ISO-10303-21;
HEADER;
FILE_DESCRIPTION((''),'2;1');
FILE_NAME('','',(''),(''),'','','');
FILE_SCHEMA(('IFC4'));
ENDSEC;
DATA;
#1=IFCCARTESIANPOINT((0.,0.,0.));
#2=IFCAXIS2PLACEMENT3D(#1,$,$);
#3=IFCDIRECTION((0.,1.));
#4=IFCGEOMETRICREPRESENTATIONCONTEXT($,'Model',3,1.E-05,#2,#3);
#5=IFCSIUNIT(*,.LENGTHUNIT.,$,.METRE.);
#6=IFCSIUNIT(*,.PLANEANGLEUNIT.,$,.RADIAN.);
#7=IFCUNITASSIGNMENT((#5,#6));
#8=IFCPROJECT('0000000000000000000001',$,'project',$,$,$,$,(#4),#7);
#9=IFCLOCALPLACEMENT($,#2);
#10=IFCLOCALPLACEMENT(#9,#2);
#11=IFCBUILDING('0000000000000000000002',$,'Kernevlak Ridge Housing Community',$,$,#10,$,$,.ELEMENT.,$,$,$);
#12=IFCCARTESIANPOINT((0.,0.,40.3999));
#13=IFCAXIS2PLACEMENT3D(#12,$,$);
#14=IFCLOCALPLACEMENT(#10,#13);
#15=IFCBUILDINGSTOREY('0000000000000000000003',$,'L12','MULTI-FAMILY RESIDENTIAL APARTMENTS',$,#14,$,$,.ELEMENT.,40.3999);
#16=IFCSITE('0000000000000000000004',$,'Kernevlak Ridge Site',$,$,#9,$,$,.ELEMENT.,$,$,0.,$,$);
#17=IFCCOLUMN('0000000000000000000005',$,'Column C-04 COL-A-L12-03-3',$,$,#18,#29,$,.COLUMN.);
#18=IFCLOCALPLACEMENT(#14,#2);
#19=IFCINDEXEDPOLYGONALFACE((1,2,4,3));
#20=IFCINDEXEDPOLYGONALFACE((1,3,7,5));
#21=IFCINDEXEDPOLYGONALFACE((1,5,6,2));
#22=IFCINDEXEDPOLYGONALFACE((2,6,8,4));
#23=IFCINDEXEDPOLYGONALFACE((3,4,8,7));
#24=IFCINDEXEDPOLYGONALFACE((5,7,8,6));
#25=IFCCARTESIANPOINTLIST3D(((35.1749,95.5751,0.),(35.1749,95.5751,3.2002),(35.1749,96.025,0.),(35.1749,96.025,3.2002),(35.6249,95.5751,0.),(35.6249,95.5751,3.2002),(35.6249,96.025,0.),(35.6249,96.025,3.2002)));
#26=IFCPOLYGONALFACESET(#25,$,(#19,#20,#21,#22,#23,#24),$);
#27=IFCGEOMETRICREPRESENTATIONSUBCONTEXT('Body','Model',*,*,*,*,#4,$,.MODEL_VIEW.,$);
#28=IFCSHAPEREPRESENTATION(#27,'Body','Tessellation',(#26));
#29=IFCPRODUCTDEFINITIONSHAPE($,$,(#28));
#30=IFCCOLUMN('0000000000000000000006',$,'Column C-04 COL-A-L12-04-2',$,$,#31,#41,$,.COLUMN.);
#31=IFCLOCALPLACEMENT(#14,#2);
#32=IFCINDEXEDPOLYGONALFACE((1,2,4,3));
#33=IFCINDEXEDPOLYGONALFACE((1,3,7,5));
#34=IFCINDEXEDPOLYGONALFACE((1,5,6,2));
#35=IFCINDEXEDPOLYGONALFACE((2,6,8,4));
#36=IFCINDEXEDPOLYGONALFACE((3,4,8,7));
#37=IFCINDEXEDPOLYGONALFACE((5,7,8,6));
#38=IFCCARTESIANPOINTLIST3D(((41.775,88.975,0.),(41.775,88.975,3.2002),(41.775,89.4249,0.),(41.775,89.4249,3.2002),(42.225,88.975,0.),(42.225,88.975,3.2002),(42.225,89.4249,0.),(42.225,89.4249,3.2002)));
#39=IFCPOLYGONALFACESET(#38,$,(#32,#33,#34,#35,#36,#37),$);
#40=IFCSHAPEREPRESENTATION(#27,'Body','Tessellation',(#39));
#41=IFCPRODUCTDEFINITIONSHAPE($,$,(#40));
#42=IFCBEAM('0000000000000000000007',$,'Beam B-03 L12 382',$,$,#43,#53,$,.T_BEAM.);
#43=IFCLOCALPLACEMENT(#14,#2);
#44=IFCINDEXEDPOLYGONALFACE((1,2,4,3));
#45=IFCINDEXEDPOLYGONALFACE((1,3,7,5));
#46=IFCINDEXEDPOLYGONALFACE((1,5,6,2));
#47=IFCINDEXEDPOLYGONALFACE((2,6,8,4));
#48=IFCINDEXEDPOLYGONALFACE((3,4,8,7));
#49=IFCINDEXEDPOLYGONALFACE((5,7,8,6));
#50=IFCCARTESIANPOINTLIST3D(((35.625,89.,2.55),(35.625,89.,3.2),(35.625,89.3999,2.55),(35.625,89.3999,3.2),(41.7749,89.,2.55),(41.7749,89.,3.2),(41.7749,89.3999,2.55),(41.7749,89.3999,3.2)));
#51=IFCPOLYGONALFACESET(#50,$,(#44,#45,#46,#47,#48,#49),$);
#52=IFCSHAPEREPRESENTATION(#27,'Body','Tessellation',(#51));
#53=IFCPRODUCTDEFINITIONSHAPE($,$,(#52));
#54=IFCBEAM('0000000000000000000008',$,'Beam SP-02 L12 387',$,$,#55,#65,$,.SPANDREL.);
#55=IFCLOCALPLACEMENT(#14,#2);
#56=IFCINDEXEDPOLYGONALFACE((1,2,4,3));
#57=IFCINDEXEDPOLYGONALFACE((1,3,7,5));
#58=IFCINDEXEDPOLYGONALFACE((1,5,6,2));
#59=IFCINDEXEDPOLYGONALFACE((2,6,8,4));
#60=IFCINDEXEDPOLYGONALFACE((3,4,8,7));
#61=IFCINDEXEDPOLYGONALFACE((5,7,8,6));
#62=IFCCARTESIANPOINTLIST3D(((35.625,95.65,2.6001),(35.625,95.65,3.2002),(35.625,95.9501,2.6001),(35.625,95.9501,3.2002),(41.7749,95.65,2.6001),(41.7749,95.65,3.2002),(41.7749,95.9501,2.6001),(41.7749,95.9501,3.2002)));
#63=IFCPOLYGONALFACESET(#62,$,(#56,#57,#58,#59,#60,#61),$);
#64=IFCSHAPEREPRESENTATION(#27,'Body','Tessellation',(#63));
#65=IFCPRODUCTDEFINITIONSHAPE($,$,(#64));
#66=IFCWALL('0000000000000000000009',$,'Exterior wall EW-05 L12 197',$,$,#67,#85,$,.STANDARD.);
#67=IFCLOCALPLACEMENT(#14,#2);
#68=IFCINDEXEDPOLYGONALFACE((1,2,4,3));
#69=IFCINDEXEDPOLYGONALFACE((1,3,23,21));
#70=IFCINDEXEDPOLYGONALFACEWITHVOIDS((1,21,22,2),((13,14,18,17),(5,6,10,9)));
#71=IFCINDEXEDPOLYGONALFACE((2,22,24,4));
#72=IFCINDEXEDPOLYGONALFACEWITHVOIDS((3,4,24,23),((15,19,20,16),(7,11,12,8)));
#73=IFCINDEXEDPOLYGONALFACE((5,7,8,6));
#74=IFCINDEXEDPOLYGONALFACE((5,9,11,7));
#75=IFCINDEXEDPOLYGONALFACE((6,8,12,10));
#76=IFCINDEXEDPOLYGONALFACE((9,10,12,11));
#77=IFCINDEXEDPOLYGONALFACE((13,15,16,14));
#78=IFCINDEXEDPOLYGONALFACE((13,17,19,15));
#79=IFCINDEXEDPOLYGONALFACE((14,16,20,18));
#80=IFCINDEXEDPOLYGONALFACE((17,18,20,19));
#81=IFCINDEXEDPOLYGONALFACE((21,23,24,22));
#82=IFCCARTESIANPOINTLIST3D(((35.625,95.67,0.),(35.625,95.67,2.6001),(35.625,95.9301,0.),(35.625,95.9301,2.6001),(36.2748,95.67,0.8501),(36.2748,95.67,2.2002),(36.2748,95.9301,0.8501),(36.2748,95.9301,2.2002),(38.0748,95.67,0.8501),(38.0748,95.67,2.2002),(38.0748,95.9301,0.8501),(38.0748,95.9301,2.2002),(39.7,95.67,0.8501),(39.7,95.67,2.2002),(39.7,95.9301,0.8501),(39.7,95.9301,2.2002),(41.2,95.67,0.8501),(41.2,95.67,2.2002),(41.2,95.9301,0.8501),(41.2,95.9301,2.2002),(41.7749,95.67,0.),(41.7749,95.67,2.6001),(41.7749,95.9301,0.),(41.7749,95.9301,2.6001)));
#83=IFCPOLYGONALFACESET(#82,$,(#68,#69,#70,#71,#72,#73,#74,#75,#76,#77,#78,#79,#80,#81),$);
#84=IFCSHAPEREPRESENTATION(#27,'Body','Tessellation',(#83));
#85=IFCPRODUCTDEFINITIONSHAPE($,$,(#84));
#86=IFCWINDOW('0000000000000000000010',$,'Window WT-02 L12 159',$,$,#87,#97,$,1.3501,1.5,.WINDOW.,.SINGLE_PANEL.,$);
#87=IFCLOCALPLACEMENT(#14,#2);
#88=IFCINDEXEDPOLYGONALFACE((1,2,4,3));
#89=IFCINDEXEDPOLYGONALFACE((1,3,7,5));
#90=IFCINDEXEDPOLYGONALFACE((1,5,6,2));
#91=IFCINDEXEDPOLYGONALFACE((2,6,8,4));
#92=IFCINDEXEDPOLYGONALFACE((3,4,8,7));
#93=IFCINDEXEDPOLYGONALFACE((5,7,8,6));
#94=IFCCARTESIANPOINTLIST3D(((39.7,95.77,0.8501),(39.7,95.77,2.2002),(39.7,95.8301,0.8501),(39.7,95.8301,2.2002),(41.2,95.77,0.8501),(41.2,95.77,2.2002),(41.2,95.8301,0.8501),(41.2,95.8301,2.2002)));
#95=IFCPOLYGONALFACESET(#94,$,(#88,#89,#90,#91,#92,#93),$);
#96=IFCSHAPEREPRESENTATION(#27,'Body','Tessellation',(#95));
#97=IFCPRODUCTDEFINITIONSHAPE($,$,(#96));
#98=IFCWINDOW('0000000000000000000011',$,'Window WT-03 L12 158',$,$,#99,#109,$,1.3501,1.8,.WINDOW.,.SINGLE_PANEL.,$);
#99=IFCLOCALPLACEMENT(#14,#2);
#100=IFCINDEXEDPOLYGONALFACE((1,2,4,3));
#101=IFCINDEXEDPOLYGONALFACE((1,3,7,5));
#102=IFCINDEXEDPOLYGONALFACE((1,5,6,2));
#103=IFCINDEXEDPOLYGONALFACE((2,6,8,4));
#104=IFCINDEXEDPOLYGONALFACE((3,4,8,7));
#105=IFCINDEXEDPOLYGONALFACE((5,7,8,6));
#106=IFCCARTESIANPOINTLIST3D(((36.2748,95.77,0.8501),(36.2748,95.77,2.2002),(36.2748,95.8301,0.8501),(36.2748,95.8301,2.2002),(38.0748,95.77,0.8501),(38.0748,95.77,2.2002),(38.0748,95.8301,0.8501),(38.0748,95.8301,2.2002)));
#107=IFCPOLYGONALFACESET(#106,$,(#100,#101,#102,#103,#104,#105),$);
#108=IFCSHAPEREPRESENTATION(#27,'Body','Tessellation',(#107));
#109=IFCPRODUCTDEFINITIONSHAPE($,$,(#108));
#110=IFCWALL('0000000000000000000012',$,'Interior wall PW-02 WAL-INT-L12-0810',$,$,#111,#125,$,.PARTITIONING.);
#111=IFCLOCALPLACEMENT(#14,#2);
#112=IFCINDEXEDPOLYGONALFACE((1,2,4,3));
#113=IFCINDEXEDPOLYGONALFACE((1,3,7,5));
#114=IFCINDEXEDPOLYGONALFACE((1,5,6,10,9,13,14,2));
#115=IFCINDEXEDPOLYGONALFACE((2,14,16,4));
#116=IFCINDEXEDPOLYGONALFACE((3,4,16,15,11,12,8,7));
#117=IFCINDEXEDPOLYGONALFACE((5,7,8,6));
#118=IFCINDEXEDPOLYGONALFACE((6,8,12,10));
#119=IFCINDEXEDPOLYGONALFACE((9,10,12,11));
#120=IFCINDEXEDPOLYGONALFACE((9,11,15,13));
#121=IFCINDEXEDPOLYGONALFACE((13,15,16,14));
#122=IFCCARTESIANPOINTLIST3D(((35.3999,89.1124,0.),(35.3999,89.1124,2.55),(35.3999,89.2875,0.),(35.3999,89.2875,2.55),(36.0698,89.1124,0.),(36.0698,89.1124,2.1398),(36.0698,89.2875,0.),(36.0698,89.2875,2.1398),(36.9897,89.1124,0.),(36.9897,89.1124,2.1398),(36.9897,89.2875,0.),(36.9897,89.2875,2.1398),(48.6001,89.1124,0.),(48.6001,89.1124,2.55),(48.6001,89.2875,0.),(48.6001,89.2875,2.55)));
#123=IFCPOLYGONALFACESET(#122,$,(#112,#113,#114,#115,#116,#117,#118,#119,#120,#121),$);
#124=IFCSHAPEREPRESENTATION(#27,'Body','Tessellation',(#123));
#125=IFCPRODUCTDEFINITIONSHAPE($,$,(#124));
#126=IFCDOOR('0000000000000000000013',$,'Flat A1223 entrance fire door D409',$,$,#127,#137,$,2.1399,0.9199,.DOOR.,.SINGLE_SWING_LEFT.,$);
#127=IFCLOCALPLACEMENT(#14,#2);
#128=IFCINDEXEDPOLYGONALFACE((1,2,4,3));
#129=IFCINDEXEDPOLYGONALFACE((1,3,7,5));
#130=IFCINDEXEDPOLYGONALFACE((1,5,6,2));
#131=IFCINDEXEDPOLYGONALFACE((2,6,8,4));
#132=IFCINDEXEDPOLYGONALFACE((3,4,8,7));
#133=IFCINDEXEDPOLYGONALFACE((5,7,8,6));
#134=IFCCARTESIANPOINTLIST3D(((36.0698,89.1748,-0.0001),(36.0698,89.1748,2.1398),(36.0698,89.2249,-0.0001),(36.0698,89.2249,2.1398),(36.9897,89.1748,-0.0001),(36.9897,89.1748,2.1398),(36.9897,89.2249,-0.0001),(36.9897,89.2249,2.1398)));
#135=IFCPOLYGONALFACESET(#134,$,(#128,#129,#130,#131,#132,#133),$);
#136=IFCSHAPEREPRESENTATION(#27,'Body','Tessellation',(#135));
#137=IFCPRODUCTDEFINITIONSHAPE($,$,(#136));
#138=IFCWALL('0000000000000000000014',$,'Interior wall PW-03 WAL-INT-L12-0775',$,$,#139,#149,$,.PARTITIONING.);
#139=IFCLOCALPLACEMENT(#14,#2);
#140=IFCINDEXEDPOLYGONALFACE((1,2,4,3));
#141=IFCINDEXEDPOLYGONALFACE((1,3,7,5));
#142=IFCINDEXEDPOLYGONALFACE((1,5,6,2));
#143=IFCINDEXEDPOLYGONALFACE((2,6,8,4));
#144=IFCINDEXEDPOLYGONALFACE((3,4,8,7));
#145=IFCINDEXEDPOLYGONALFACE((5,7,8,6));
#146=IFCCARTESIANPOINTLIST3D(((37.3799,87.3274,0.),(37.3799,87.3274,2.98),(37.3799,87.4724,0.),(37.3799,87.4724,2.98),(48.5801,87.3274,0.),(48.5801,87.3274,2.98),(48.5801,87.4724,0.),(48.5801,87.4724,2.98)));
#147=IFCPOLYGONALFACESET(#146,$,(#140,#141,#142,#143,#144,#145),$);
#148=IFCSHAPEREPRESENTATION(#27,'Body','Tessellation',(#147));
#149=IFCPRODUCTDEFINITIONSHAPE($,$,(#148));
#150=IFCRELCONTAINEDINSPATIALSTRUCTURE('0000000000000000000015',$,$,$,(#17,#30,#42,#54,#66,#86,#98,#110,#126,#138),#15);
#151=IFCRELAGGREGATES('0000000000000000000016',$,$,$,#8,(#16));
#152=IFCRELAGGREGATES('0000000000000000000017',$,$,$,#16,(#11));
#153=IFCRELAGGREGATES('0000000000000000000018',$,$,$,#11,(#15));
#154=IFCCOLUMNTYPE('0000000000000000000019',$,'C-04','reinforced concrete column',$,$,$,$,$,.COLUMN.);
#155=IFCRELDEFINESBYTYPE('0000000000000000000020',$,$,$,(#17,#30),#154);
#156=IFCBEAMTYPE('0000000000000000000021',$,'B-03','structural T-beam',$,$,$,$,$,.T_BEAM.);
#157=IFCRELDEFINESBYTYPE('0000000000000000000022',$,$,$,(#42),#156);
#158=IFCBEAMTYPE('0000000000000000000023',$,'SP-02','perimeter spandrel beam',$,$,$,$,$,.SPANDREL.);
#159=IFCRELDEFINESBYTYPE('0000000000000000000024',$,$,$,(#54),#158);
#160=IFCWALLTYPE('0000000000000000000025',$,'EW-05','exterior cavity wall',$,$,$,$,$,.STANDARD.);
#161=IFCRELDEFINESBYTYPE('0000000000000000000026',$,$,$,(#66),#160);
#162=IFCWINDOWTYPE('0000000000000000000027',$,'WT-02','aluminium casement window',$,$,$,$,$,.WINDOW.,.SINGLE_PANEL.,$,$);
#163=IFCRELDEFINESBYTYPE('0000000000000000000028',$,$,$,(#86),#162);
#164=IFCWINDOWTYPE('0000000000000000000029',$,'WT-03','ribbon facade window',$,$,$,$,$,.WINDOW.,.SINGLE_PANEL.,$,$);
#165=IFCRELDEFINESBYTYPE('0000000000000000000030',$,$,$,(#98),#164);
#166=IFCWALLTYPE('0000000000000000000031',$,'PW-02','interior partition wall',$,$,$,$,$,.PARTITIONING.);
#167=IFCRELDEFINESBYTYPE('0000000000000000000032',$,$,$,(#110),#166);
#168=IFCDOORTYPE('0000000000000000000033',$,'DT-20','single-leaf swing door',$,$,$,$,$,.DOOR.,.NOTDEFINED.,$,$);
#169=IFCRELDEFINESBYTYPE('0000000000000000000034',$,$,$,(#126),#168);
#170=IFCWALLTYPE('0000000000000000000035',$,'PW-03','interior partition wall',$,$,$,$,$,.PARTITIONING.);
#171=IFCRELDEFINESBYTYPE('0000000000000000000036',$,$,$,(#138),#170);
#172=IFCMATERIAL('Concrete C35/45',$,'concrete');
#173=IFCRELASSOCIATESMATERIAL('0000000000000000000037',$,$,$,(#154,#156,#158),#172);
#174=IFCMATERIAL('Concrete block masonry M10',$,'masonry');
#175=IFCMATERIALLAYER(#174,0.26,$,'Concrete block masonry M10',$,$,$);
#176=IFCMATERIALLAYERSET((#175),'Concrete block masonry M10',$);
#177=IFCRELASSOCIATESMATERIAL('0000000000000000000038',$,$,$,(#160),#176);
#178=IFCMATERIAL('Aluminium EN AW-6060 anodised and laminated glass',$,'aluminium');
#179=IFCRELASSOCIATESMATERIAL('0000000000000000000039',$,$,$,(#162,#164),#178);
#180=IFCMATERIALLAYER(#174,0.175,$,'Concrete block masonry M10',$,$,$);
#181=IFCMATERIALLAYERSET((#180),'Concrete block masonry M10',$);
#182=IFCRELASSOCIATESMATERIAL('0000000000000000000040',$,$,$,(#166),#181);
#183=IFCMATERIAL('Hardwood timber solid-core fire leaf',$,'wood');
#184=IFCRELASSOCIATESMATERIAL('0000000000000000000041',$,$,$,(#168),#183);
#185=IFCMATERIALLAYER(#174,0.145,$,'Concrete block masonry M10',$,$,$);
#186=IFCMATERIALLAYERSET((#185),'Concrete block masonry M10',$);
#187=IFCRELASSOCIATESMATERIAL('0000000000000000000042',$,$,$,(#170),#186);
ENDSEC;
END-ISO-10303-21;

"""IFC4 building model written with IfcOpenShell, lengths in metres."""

from ifc_helpers import new_model, si_unit, direction, frame, frame_2d, origin, origin_2d, place, context, subcontext, project, spatial, rectangle, extrude, material, layer, layer_set, material_profile, profile_set, type_object, element, fill, save


model = new_model("IFC4")

# Units and contexts
model_context = context("Model", 3, precision=1e-05, world=origin(), true_north=direction((0.0, 1.0)))
body_context = subcontext(model_context, "Body", "Model", "MODEL_VIEW")
ifc_project = project(units=[si_unit("LENGTHUNIT", "METRE"), si_unit("PLANEANGLEUNIT", "RADIAN")], contexts=[model_context])

# Site, building, storey
site_placement = place(None, origin())
site = spatial("IfcSite", under=ifc_project, at=site_placement, Name="Kernevlak Ridge Site", CompositionType="ELEMENT", RefElevation=0.0)
building_placement = place(site_placement, origin())
building = spatial("IfcBuilding", under=site, at=building_placement, Name="Kernevlak Ridge Housing Community", CompositionType="ELEMENT")
storey_placement = place(building_placement, frame((0.0, 0.0, 40.3999)))
storey = spatial("IfcBuildingStorey", under=building, at=storey_placement, Name="L12", Description="MULTI-FAMILY RESIDENTIAL APARTMENTS", CompositionType="ELEMENT", Elevation=40.3999)

# Columns
ifc_material_1 = material(Name="Concrete C35/45", Category="concrete")
ifc_material_profile_1 = material_profile(ifc_material_1, rectangle(XDim=0.45, YDim=0.45, at=origin_2d()), Name="RC 450x450")
ifc_profile_set_1 = profile_set([ifc_material_profile_1], Name="Concrete C35/45")
column_type = type_object("IfcColumnType", Name="C-04", Description="reinforced concrete column", PredefinedType="COLUMN", material=ifc_profile_set_1)
for number, where, z_axis, x_axis, name in (
    (1, (35.3999, 95.8, 0.0), (0.0, 0.0, 1.0), (1.0, 0.0, 0.0), "Column C-04 COL-A-L12-03-3"),
    (2, (42.0, 89.2, 0.0), (0.0, 0.0, 1.0), (1.0, 0.0, 0.0), "Column C-04 COL-A-L12-04-2"),
):
    element("IfcColumn", number, at=place(storey_placement, frame(where, z_axis=z_axis, x_axis=x_axis)), inside=storey, type_object=column_type, Name=name, PredefinedType="COLUMN", context=body_context, shape_type="SweptSolid", body=[
        extrude(rectangle(XDim=0.45, YDim=0.45, at=origin_2d()), origin(), (0.0, 0.0, 1.0), 3.2002),
    ])

# Beams
ifc_material_profile_2 = material_profile(ifc_material_1, rectangle(XDim=0.3999, YDim=0.6499, at=origin_2d()), Name="RC 400x650")
ifc_profile_set_2 = profile_set([ifc_material_profile_2], Name="Concrete C35/45")
beam_type_1 = type_object("IfcBeamType", Name="B-03", Description="structural T-beam", PredefinedType="T_BEAM", material=ifc_profile_set_2)
beam_1_placement = place(storey_placement, frame((35.625, 89.2, 2.875), z_axis=(1.0, 0.0, 0.0), x_axis=(0.0, 1.0, 0.0)))
element("IfcBeam", 3, at=beam_1_placement, inside=storey, type_object=beam_type_1, Name="Beam B-03 L12 382", PredefinedType="T_BEAM", context=body_context, shape_type="SweptSolid", body=[
    extrude(rectangle(XDim=0.3999, YDim=0.6499, at=origin_2d()), origin(), (0.0, 0.0, 1.0), 6.1499),
])
ifc_material_profile_3 = material_profile(ifc_material_1, rectangle(XDim=0.3, YDim=0.6001, at=origin_2d()), Name="RC 300x600")
ifc_profile_set_3 = profile_set([ifc_material_profile_3], Name="Concrete C35/45")
beam_type_2 = type_object("IfcBeamType", Name="SP-02", Description="perimeter spandrel beam", PredefinedType="SPANDREL", material=ifc_profile_set_3)
beam_2_placement = place(storey_placement, frame((35.625, 95.8, 2.9001), z_axis=(1.0, 0.0, 0.0), x_axis=(0.0, 1.0, 0.0)))
element("IfcBeam", 4, at=beam_2_placement, inside=storey, type_object=beam_type_2, Name="Beam SP-02 L12 387", PredefinedType="SPANDREL", context=body_context, shape_type="SweptSolid", body=[
    extrude(rectangle(XDim=0.3, YDim=0.6001, at=origin_2d()), origin(), (0.0, 0.0, 1.0), 6.1499),
])

# Wall, openings, windows
ifc_material_2 = material(Name="Concrete block masonry M10", Category="masonry")
ifc_layer_1 = layer(ifc_material_2, 0.26, Name="Concrete block masonry M10")
ifc_layer_set_1 = layer_set([ifc_layer_1], Name="Concrete block masonry M10")
wall_type_1 = type_object("IfcWallType", Name="EW-05", Description="exterior cavity wall", PredefinedType="STANDARD", material=ifc_layer_set_1)
wall_1_placement = place(storey_placement, frame((35.625, 95.8, 0.0), z_axis=(0.0, 0.0, 1.0), x_axis=(1.0, 0.0, 0.0)))
wall_1 = element("IfcWall", 5, at=wall_1_placement, inside=storey, type_object=wall_type_1, Name="Exterior wall EW-05 L12 197", PredefinedType="STANDARD", context=body_context, shape_type="SweptSolid", body=[
    extrude(rectangle(XDim=6.1499, YDim=0.26, at=frame_2d((3.075, 0.0))), origin(), (0.0, 0.0, 1.0), 2.6001),
])
opening_1_placement = place(wall_1_placement, frame((0.6499, 0.0, 0.8501)))
opening_1 = element("IfcOpeningElement", 6, at=opening_1_placement, cuts=wall_1, PredefinedType="OPENING", context=body_context, shape_type="SweptSolid", body=[
    extrude(rectangle(XDim=1.8, YDim=1.3501, at=frame_2d((0.8999, 0.675))), frame((0.0, 0.1399, 0.0), z_axis=(0.0, -1.0, 0.0), x_axis=(1.0, 0.0, 0.0)), (0.0, 0.0, 1.0), 0.28),
])
opening_2_placement = place(wall_1_placement, frame((4.075, 0.0, 0.8501)))
opening_2 = element("IfcOpeningElement", 7, at=opening_2_placement, cuts=wall_1, PredefinedType="OPENING", context=body_context, shape_type="SweptSolid", body=[
    extrude(rectangle(XDim=1.5, YDim=1.3501, at=frame_2d((0.75, 0.675))), frame((0.0, 0.1399, 0.0), z_axis=(0.0, -1.0, 0.0), x_axis=(1.0, 0.0, 0.0)), (0.0, 0.0, 1.0), 0.28),
])
ifc_material_3 = material(Name="Aluminium EN AW-6060 anodised and laminated glass", Category="aluminium")
window_type_1 = type_object("IfcWindowType", Name="WT-02", Description="aluminium casement window", PartitioningType="SINGLE_PANEL", PredefinedType="WINDOW", material=ifc_material_3)
window_1_placement = place(opening_2_placement, origin())
window_1 = element("IfcWindow", 8, at=window_1_placement, inside=storey, type_object=window_type_1, Name="Window WT-02 L12 159", OverallHeight=1.3501, OverallWidth=1.5, PartitioningType="SINGLE_PANEL", PredefinedType="WINDOW", context=body_context, shape_type="SweptSolid", body=[
    extrude(rectangle(XDim=1.5, YDim=1.3501, at=frame_2d((0.75, 0.675))), frame((0.0, 0.03, 0.0), z_axis=(0.0, -1.0, 0.0), x_axis=(1.0, 0.0, 0.0)), (0.0, 0.0, 1.0), 0.0601),
])
fill(opening_2, window_1)
window_type_2 = type_object("IfcWindowType", Name="WT-03", Description="ribbon facade window", PartitioningType="SINGLE_PANEL", PredefinedType="WINDOW", material=ifc_material_3)
window_2_placement = place(opening_1_placement, origin())
window_2 = element("IfcWindow", 9, at=window_2_placement, inside=storey, type_object=window_type_2, Name="Window WT-03 L12 158", OverallHeight=1.3501, OverallWidth=1.8, PartitioningType="SINGLE_PANEL", PredefinedType="WINDOW", context=body_context, shape_type="SweptSolid", body=[
    extrude(rectangle(XDim=1.8, YDim=1.3501, at=frame_2d((0.8999, 0.675))), frame((0.0, 0.03, 0.0), z_axis=(0.0, -1.0, 0.0), x_axis=(1.0, 0.0, 0.0)), (0.0, 0.0, 1.0), 0.0601),
])
fill(opening_1, window_2)

# Wall, opening, door
ifc_layer_2 = layer(ifc_material_2, 0.175, Name="Concrete block masonry M10")
ifc_layer_set_2 = layer_set([ifc_layer_2], Name="Concrete block masonry M10")
wall_type_2 = type_object("IfcWallType", Name="PW-02", Description="interior partition wall", PredefinedType="PARTITIONING", material=ifc_layer_set_2)
wall_2_placement = place(storey_placement, frame((35.3999, 89.2, 0.0), z_axis=(0.0, 0.0, 1.0), x_axis=(1.0, 0.0, 0.0)))
wall_2 = element("IfcWall", 10, at=wall_2_placement, inside=storey, type_object=wall_type_2, Name="Interior wall PW-02 WAL-INT-L12-0810", PredefinedType="PARTITIONING", context=body_context, shape_type="SweptSolid", body=[
    extrude(rectangle(XDim=13.2002, YDim=0.175, at=frame_2d((6.6001, 0.0))), origin(), (0.0, 0.0, 1.0), 2.55),
])
opening_3_placement = place(wall_2_placement, frame((0.6699, 0.0, 0.0)))
opening_3 = element("IfcOpeningElement", 11, at=opening_3_placement, cuts=wall_2, PredefinedType="OPENING", context=body_context, shape_type="SweptSolid", body=[
    extrude(rectangle(XDim=0.9199, YDim=2.1399, at=frame_2d((0.46, 1.0698))), frame((0.0, 0.0974, 0.0), z_axis=(0.0, -1.0, 0.0), x_axis=(1.0, 0.0, 0.0)), (0.0, 0.0, 1.0), 0.1951),
])
ifc_material_4 = material(Name="Hardwood timber solid-core fire leaf", Category="wood")
door_type_1 = type_object("IfcDoorType", Name="DT-20", Description="single-leaf swing door", OperationType="NOTDEFINED", PredefinedType="DOOR", material=ifc_material_4)
door_1_placement = place(opening_3_placement, origin())
door_1 = element("IfcDoor", 12, at=door_1_placement, inside=storey, type_object=door_type_1, Name="Flat A1223 entrance fire door D409", OperationType="SINGLE_SWING_LEFT", OverallHeight=2.1399, OverallWidth=0.9199, PredefinedType="DOOR", context=body_context, shape_type="SweptSolid", body=[
    extrude(rectangle(XDim=0.9199, YDim=2.1399, at=frame_2d((0.46, 1.0698))), frame((0.0, 0.0249, 0.0), z_axis=(0.0, -1.0, 0.0), x_axis=(1.0, 0.0, 0.0)), (0.0, 0.0, 1.0), 0.05),
])
fill(opening_3, door_1)

# Wall
ifc_layer_3 = layer(ifc_material_2, 0.145, Name="Concrete block masonry M10")
ifc_layer_set_3 = layer_set([ifc_layer_3], Name="Concrete block masonry M10")
wall_type_3 = type_object("IfcWallType", Name="PW-03", Description="interior partition wall", PredefinedType="PARTITIONING", material=ifc_layer_set_3)
wall_3_placement = place(storey_placement, frame((37.3799, 87.3999, 0.0), z_axis=(0.0, 0.0, 1.0), x_axis=(1.0, 0.0, 0.0)))
element("IfcWall", 13, at=wall_3_placement, inside=storey, type_object=wall_type_3, Name="Interior wall PW-03 WAL-INT-L12-0775", PredefinedType="PARTITIONING", context=body_context, shape_type="SweptSolid", body=[
    extrude(rectangle(XDim=11.2002, YDim=0.145, at=frame_2d((5.6001, 0.0))), origin(), (0.0, 0.0, 1.0), 2.98),
])

save(model, "model.ifc")
